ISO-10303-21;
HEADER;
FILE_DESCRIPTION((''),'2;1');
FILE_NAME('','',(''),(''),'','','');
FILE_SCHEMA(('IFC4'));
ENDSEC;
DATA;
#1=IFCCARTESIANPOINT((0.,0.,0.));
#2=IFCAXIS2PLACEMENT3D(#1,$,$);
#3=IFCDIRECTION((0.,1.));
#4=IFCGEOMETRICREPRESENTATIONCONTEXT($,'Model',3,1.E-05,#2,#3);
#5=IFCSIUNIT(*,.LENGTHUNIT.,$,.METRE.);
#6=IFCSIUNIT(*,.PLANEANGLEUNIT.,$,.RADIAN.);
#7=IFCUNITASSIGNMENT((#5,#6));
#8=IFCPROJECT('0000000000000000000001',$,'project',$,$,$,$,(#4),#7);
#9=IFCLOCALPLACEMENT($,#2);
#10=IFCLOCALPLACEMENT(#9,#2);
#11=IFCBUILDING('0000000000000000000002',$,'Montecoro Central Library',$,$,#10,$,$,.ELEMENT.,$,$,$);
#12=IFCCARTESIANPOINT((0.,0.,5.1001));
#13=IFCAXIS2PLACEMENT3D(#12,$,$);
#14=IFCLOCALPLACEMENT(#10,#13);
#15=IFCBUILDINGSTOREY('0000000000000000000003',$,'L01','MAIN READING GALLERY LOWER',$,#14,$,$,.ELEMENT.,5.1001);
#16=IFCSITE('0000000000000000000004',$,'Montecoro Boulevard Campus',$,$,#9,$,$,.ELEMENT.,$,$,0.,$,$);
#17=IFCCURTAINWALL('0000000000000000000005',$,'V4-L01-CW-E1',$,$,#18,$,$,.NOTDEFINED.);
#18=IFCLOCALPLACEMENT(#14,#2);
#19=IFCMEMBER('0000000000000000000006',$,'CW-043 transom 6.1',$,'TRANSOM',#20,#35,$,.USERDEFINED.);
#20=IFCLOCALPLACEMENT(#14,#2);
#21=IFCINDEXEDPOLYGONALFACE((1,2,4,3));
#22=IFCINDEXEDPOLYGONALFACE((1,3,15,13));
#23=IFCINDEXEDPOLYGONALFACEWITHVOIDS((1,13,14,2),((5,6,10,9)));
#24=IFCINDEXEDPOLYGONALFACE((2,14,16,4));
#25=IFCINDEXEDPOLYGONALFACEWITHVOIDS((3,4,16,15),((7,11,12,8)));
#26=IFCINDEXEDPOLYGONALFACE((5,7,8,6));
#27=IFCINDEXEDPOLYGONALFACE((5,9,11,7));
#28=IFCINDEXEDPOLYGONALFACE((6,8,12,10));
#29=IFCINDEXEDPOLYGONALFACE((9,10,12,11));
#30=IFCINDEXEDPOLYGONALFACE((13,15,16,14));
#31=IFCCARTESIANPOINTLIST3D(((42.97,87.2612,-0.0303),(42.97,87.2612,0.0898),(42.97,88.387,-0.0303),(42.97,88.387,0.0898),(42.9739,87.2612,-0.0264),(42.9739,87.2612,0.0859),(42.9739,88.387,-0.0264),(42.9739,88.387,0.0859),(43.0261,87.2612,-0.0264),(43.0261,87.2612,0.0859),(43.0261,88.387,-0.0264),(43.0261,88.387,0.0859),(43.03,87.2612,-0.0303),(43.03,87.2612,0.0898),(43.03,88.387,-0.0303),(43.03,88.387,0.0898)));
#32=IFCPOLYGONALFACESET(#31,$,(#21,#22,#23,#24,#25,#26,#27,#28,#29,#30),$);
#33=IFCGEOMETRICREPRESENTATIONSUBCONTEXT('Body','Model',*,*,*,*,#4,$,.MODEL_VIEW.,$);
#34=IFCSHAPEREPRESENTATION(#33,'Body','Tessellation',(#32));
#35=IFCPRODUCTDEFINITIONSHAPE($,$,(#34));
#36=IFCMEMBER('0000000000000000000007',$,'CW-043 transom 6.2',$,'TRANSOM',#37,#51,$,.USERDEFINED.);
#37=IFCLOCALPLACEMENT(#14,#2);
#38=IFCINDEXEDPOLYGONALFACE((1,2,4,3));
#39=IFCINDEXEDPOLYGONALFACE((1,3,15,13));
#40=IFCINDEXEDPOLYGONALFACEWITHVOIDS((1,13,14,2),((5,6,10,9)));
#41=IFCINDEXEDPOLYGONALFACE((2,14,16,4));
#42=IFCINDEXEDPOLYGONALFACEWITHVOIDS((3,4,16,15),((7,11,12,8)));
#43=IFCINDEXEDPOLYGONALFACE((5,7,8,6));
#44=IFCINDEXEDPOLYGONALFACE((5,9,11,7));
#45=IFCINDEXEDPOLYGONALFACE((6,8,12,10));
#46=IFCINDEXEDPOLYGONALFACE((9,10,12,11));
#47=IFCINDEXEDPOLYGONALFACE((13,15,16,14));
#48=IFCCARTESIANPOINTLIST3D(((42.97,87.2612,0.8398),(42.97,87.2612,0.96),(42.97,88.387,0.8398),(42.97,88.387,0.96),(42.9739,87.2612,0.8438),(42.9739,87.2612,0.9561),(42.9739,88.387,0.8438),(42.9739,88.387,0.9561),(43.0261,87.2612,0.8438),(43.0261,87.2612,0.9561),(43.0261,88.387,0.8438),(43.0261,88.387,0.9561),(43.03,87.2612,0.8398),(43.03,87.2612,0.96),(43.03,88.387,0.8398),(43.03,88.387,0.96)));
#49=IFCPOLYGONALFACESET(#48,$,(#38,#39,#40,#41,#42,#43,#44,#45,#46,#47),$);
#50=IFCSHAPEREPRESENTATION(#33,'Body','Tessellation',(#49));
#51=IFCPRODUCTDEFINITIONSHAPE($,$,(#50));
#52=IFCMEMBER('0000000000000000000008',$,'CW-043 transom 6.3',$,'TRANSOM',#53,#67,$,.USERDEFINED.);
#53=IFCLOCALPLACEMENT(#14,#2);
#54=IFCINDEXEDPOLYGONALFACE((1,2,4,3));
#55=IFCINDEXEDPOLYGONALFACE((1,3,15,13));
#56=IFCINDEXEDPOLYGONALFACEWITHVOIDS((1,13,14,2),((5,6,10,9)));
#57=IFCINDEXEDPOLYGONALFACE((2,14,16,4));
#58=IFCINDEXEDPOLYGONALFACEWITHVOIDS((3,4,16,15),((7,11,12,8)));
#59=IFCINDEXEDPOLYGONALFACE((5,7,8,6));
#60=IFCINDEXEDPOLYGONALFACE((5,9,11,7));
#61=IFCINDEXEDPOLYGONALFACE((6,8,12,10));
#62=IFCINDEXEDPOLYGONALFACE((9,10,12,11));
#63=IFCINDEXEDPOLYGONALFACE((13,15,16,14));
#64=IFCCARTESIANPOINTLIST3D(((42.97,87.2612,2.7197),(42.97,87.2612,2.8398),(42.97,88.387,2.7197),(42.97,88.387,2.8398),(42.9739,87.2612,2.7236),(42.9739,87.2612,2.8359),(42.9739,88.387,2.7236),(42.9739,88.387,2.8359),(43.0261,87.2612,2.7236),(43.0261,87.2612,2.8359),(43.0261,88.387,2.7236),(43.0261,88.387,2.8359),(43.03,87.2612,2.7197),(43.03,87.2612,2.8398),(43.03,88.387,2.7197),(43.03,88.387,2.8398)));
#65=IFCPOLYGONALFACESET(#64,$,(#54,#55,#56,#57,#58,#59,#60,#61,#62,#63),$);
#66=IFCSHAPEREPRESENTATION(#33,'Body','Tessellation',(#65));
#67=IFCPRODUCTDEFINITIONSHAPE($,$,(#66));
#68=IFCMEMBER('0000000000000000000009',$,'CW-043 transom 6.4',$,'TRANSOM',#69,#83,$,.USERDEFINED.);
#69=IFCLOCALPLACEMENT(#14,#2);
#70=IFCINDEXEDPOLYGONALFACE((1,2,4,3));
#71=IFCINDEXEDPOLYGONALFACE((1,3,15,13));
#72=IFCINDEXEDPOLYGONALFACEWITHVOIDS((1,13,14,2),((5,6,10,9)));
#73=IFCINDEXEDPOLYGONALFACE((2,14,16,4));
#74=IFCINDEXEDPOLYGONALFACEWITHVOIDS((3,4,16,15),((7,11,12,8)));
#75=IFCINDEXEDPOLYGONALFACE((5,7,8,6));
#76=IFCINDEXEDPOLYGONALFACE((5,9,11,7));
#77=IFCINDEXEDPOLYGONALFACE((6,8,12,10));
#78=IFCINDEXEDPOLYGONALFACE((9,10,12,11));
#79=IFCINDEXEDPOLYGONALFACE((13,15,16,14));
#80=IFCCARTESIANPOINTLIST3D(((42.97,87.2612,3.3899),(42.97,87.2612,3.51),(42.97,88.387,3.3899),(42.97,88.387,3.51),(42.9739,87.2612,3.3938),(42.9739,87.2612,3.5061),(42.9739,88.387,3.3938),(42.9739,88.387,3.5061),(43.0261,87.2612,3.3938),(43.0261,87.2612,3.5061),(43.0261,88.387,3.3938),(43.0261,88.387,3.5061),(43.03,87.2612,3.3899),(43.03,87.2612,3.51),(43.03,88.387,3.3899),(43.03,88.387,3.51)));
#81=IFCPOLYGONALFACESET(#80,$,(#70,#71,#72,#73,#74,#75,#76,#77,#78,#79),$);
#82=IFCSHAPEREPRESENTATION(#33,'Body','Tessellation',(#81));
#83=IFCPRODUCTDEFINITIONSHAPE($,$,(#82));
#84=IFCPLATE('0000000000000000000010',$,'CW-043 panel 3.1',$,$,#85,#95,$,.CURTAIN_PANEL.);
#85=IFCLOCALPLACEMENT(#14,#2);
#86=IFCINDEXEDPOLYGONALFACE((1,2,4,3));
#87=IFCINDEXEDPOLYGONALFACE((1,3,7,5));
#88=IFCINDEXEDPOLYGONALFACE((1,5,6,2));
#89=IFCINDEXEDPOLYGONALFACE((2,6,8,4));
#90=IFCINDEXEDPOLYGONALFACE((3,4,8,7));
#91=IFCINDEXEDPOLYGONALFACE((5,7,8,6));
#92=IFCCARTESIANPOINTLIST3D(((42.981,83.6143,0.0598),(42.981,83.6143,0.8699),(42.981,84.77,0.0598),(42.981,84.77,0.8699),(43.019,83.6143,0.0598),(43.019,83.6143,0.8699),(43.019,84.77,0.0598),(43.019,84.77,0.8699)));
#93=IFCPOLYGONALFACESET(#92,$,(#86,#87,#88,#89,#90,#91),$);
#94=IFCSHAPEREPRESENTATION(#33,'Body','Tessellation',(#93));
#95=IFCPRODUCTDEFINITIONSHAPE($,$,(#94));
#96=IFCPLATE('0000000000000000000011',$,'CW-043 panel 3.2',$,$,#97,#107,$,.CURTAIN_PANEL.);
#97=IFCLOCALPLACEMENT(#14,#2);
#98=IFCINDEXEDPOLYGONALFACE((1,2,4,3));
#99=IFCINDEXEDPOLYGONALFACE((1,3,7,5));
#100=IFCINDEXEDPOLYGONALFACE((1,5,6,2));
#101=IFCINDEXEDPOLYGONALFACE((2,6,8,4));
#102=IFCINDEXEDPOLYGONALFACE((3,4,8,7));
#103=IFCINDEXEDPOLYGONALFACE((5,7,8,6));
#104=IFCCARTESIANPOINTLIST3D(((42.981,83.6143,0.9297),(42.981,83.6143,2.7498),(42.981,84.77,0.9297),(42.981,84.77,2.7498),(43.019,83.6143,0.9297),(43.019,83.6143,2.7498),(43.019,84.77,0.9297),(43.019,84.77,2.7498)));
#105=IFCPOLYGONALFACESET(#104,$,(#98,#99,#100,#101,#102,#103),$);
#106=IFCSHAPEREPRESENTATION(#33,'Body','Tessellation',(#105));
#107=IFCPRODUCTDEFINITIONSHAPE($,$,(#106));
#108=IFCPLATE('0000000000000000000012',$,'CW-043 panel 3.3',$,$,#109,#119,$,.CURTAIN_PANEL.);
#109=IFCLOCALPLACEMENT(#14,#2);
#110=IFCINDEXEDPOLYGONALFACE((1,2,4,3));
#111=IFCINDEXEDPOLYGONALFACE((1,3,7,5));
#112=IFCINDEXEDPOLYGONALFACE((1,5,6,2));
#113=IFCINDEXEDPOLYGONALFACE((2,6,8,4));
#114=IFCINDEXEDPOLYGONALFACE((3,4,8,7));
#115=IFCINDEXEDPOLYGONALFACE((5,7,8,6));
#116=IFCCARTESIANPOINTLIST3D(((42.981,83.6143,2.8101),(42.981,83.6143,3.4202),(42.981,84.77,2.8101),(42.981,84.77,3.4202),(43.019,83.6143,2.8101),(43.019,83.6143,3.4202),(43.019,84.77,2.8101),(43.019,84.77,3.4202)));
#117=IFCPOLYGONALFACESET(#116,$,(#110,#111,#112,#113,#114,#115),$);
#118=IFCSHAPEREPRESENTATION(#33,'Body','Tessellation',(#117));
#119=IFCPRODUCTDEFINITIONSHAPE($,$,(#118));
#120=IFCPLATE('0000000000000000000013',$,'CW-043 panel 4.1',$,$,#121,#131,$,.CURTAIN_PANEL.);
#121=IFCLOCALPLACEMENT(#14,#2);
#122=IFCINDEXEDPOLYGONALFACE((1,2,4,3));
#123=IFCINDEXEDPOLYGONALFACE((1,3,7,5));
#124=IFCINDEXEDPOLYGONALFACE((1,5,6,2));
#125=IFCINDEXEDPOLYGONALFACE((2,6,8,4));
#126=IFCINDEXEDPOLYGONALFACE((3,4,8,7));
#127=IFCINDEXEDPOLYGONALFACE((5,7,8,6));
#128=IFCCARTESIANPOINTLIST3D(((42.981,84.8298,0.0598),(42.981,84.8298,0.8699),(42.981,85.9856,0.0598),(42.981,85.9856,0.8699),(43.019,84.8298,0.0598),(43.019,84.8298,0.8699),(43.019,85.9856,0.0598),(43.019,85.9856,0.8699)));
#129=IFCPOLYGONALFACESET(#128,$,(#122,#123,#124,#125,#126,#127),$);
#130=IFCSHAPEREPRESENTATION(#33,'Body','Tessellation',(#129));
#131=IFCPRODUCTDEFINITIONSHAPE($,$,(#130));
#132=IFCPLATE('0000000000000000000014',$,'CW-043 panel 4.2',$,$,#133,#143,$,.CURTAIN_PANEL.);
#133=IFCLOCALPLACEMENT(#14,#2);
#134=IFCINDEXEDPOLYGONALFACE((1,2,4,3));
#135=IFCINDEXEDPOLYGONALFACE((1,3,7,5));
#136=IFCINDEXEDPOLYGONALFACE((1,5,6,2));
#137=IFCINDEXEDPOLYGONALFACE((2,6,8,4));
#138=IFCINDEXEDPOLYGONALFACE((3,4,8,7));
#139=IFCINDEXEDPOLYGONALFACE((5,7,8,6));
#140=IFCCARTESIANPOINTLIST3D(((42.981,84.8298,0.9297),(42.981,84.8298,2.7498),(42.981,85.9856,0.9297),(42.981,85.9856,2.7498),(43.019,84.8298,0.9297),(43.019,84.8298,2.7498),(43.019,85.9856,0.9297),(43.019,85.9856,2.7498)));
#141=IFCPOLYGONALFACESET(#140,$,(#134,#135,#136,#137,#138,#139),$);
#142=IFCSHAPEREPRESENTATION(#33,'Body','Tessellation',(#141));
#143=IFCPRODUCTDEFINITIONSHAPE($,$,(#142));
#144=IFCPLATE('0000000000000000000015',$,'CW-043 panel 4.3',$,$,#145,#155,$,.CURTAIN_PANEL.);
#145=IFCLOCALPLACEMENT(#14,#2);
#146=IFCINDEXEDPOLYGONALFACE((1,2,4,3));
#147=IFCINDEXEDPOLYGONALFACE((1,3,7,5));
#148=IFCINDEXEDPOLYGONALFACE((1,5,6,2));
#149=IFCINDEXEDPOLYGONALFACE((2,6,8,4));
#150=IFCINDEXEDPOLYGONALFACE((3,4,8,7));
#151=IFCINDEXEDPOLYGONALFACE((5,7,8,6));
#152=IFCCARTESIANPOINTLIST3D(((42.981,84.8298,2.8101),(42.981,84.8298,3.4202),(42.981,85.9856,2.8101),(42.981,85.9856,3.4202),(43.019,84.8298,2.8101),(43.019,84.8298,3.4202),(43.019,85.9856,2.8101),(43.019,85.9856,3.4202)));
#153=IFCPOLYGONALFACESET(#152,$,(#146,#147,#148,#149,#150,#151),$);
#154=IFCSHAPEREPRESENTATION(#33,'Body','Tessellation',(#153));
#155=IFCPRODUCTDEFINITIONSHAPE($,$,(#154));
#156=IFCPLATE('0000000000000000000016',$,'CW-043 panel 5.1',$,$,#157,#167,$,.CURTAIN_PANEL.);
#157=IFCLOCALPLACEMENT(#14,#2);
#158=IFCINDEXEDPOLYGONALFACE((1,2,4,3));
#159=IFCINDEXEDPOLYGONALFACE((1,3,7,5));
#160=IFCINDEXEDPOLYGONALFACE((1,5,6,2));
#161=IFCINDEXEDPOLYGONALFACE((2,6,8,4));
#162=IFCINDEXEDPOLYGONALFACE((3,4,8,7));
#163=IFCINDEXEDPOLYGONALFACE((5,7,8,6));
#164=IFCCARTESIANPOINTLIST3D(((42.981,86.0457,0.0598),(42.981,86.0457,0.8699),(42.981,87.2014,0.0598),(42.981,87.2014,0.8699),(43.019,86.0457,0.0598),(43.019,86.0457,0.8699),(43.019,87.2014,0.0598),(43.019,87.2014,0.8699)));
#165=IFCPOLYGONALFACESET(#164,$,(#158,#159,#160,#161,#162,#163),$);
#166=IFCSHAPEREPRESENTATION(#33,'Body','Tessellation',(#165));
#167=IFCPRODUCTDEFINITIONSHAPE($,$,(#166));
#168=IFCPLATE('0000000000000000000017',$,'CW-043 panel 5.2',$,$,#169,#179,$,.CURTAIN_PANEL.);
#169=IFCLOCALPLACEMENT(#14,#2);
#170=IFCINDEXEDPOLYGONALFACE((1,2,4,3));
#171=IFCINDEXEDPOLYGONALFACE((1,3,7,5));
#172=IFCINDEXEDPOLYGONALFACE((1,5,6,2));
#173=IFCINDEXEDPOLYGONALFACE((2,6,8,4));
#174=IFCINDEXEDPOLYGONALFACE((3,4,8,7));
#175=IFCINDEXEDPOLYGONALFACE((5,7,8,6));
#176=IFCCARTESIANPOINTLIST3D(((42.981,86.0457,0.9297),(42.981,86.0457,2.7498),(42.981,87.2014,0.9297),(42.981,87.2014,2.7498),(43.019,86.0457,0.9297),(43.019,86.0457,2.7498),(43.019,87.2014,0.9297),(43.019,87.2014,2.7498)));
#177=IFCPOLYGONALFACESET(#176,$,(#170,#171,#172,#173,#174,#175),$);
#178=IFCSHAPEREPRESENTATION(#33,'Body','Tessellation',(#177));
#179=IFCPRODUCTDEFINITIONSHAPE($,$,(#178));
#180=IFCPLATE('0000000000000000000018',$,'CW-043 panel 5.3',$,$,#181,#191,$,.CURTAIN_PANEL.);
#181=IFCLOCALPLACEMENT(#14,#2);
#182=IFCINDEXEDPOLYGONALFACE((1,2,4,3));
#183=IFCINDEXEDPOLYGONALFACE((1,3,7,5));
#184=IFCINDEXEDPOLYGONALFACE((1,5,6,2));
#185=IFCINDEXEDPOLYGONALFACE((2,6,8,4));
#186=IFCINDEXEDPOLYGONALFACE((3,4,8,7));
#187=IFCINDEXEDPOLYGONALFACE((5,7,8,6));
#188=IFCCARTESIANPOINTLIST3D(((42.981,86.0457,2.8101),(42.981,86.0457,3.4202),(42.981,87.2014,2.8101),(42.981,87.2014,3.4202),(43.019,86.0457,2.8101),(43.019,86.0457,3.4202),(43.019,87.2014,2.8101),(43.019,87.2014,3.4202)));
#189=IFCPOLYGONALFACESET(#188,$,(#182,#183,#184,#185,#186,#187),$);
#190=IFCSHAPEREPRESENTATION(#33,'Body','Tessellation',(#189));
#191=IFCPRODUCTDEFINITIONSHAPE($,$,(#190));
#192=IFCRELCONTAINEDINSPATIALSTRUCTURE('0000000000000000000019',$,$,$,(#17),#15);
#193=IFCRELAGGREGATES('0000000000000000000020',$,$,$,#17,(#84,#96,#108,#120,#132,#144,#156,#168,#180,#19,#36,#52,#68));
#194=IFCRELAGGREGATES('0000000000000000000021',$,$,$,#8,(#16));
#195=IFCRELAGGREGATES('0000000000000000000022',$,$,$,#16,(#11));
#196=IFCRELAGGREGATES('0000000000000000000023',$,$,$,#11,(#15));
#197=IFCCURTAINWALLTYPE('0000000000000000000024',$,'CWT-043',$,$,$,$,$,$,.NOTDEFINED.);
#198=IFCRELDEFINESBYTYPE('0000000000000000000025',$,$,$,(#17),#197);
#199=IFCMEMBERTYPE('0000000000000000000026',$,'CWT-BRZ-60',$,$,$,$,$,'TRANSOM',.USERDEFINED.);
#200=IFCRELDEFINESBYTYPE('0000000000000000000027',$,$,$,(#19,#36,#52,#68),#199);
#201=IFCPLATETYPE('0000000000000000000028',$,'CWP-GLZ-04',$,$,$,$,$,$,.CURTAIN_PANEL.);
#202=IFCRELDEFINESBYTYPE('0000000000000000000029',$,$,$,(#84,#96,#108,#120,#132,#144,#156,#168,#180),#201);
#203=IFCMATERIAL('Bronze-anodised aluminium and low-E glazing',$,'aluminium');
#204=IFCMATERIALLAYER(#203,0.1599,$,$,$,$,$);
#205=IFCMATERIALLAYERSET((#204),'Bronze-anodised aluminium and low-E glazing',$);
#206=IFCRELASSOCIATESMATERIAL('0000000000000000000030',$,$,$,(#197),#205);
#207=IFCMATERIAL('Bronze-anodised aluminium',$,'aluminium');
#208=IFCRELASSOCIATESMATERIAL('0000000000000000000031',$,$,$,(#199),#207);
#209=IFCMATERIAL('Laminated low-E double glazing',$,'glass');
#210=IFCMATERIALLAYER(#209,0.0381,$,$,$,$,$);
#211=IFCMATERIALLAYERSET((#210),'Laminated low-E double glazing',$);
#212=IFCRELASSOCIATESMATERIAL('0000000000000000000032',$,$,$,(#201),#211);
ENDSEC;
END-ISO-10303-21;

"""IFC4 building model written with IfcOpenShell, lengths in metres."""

from ifc_helpers import new_model, si_unit, direction, frame, origin, origin_2d, place, context, subcontext, project, spatial, rectangle, hollow_rectangle, extrude, material, layer, layer_set, material_profile, profile_set, type_object, element, aggregate, save


model = new_model("IFC4")

# Units and contexts
model_context = context("Model", 3, precision=1e-05, world=origin(), true_north=direction((0.0, 1.0)))
body_context = subcontext(model_context, "Body", "Model", "MODEL_VIEW")
ifc_project = project(units=[si_unit("LENGTHUNIT", "METRE"), si_unit("PLANEANGLEUNIT", "RADIAN")], contexts=[model_context])

# Site, building, storey
site_placement = place(None, origin())
site = spatial("IfcSite", under=ifc_project, at=site_placement, Name="Montecoro Boulevard Campus", CompositionType="ELEMENT", RefElevation=0.0)
building_placement = place(site_placement, origin())
building = spatial("IfcBuilding", under=site, at=building_placement, Name="Montecoro Central Library", CompositionType="ELEMENT")
storey_placement = place(building_placement, frame((0.0, 0.0, 5.1001)))
storey = spatial("IfcBuildingStorey", under=building, at=storey_placement, Name="L01", Description="MAIN READING GALLERY LOWER", CompositionType="ELEMENT", Elevation=5.1001)

# Curtain wall, members, plates
ifc_material_1 = material(Name="Bronze-anodised aluminium and low-E glazing", Category="aluminium")
ifc_layer_1 = layer(ifc_material_1, 0.1599)
ifc_layer_set_1 = layer_set([ifc_layer_1], Name="Bronze-anodised aluminium and low-E glazing")
curtain_wall_type = type_object("IfcCurtainWallType", Name="CWT-043", PredefinedType="NOTDEFINED", material=ifc_layer_set_1)
curtain_wall_placement = place(storey_placement, origin())
curtain_wall = element("IfcCurtainWall", 1, at=curtain_wall_placement, inside=storey, type_object=curtain_wall_type, Name="V4-L01-CW-E1", PredefinedType="NOTDEFINED")
ifc_material_2 = material(Name="Bronze-anodised aluminium", Category="aluminium")
ifc_material_profile_1 = material_profile(ifc_material_2, hollow_rectangle(XDim=0.0601, YDim=0.1201, WallThickness=0.0039, at=origin_2d()), Name="CWT 120x60x4.0")
ifc_profile_set_1 = profile_set([ifc_material_profile_1], Name="Bronze-anodised aluminium")
member_type_1 = type_object("IfcMemberType", Name="CWT-BRZ-60", ElementType="TRANSOM", PredefinedType="USERDEFINED", material=ifc_profile_set_1)
member_1_placement = place(storey_placement, frame((43.0, 87.2612, 0.0298), z_axis=(0.0, 1.0, 0.0), x_axis=(-1.0, 0.0, 0.0)))
member_1 = element("IfcMember", 2, at=member_1_placement, type_object=member_type_1, Name="CW-043 transom 6.1", ObjectType="TRANSOM", PredefinedType="USERDEFINED", context=body_context, shape_type="SweptSolid", body=[
    extrude(hollow_rectangle(XDim=0.0601, YDim=0.1201, WallThickness=0.0039, at=origin_2d()), origin(), (0.0, 0.0, 1.0), 1.1257),
])
member_2_placement = place(storey_placement, frame((43.0, 87.2612, 0.8999), z_axis=(0.0, 1.0, 0.0), x_axis=(-1.0, 0.0, 0.0)))
member_2 = element("IfcMember", 3, at=member_2_placement, type_object=member_type_1, Name="CW-043 transom 6.2", ObjectType="TRANSOM", PredefinedType="USERDEFINED", context=body_context, shape_type="SweptSolid", body=[
    extrude(hollow_rectangle(XDim=0.0601, YDim=0.1201, WallThickness=0.0039, at=origin_2d()), origin(), (0.0, 0.0, 1.0), 1.1257),
])
member_3_placement = place(storey_placement, frame((43.0, 87.2612, 2.7798), z_axis=(0.0, 1.0, 0.0), x_axis=(-1.0, 0.0, 0.0)))
member_3 = element("IfcMember", 4, at=member_3_placement, type_object=member_type_1, Name="CW-043 transom 6.3", ObjectType="TRANSOM", PredefinedType="USERDEFINED", context=body_context, shape_type="SweptSolid", body=[
    extrude(hollow_rectangle(XDim=0.0601, YDim=0.1201, WallThickness=0.0039, at=origin_2d()), origin(), (0.0, 0.0, 1.0), 1.1257),
])
member_4_placement = place(storey_placement, frame((43.0, 87.2612, 3.45), z_axis=(0.0, 1.0, 0.0), x_axis=(-1.0, 0.0, 0.0)))
member_4 = element("IfcMember", 5, at=member_4_placement, type_object=member_type_1, Name="CW-043 transom 6.4", ObjectType="TRANSOM", PredefinedType="USERDEFINED", context=body_context, shape_type="SweptSolid", body=[
    extrude(hollow_rectangle(XDim=0.0601, YDim=0.1201, WallThickness=0.0039, at=origin_2d()), origin(), (0.0, 0.0, 1.0), 1.1257),
])
ifc_material_3 = material(Name="Laminated low-E double glazing", Category="glass")
ifc_layer_2 = layer(ifc_material_3, 0.0381)
ifc_layer_set_2 = layer_set([ifc_layer_2], Name="Laminated low-E double glazing")
plate_type = type_object("IfcPlateType", Name="CWP-GLZ-04", PredefinedType="CURTAIN_PANEL", material=ifc_layer_set_2)
plate_1_placement = place(storey_placement, frame((43.0, 84.1921, 0.0598), z_axis=(0.0, 0.0, 1.0), x_axis=(0.0, 1.0, 0.0)))
plate_1 = element("IfcPlate", 6, at=plate_1_placement, type_object=plate_type, Name="CW-043 panel 3.1", PredefinedType="CURTAIN_PANEL", context=body_context, shape_type="SweptSolid", body=[
    extrude(rectangle(XDim=1.1558, YDim=0.0381, at=origin_2d()), origin(), (0.0, 0.0, 1.0), 0.8101),
])
plate_2_placement = place(storey_placement, frame((43.0, 84.1921, 0.9297), z_axis=(0.0, 0.0, 1.0), x_axis=(0.0, 1.0, 0.0)))
plate_2 = element("IfcPlate", 7, at=plate_2_placement, type_object=plate_type, Name="CW-043 panel 3.2", PredefinedType="CURTAIN_PANEL", context=body_context, shape_type="SweptSolid", body=[
    extrude(rectangle(XDim=1.1558, YDim=0.0381, at=origin_2d()), origin(), (0.0, 0.0, 1.0), 1.8201),
])
plate_3_placement = place(storey_placement, frame((43.0, 84.1921, 2.8101), z_axis=(0.0, 0.0, 1.0), x_axis=(0.0, 1.0, 0.0)))
plate_3 = element("IfcPlate", 8, at=plate_3_placement, type_object=plate_type, Name="CW-043 panel 3.3", PredefinedType="CURTAIN_PANEL", context=body_context, shape_type="SweptSolid", body=[
    extrude(rectangle(XDim=1.1558, YDim=0.0381, at=origin_2d()), origin(), (0.0, 0.0, 1.0), 0.6101),
])
plate_4_placement = place(storey_placement, frame((43.0, 85.4077, 0.0598), z_axis=(0.0, 0.0, 1.0), x_axis=(0.0, 1.0, 0.0)))
plate_4 = element("IfcPlate", 9, at=plate_4_placement, type_object=plate_type, Name="CW-043 panel 4.1", PredefinedType="CURTAIN_PANEL", context=body_context, shape_type="SweptSolid", body=[
    extrude(rectangle(XDim=1.1558, YDim=0.0381, at=origin_2d()), origin(), (0.0, 0.0, 1.0), 0.8101),
])
plate_5_placement = place(storey_placement, frame((43.0, 85.4077, 0.9297), z_axis=(0.0, 0.0, 1.0), x_axis=(0.0, 1.0, 0.0)))
plate_5 = element("IfcPlate", 10, at=plate_5_placement, type_object=plate_type, Name="CW-043 panel 4.2", PredefinedType="CURTAIN_PANEL", context=body_context, shape_type="SweptSolid", body=[
    extrude(rectangle(XDim=1.1558, YDim=0.0381, at=origin_2d()), origin(), (0.0, 0.0, 1.0), 1.8201),
])
plate_6_placement = place(storey_placement, frame((43.0, 85.4077, 2.8101), z_axis=(0.0, 0.0, 1.0), x_axis=(0.0, 1.0, 0.0)))
plate_6 = element("IfcPlate", 11, at=plate_6_placement, type_object=plate_type, Name="CW-043 panel 4.3", PredefinedType="CURTAIN_PANEL", context=body_context, shape_type="SweptSolid", body=[
    extrude(rectangle(XDim=1.1558, YDim=0.0381, at=origin_2d()), origin(), (0.0, 0.0, 1.0), 0.6101),
])
plate_7_placement = place(storey_placement, frame((43.0, 86.6235, 0.0598), z_axis=(0.0, 0.0, 1.0), x_axis=(0.0, 1.0, 0.0)))
plate_7 = element("IfcPlate", 12, at=plate_7_placement, type_object=plate_type, Name="CW-043 panel 5.1", PredefinedType="CURTAIN_PANEL", context=body_context, shape_type="SweptSolid", body=[
    extrude(rectangle(XDim=1.1558, YDim=0.0381, at=origin_2d()), origin(), (0.0, 0.0, 1.0), 0.8101),
])
plate_8_placement = place(storey_placement, frame((43.0, 86.6235, 0.9297), z_axis=(0.0, 0.0, 1.0), x_axis=(0.0, 1.0, 0.0)))
plate_8 = element("IfcPlate", 13, at=plate_8_placement, type_object=plate_type, Name="CW-043 panel 5.2", PredefinedType="CURTAIN_PANEL", context=body_context, shape_type="SweptSolid", body=[
    extrude(rectangle(XDim=1.1558, YDim=0.0381, at=origin_2d()), origin(), (0.0, 0.0, 1.0), 1.8201),
])
plate_9_placement = place(storey_placement, frame((43.0, 86.6235, 2.8101), z_axis=(0.0, 0.0, 1.0), x_axis=(0.0, 1.0, 0.0)))
plate_9 = element("IfcPlate", 14, at=plate_9_placement, type_object=plate_type, Name="CW-043 panel 5.3", PredefinedType="CURTAIN_PANEL", context=body_context, shape_type="SweptSolid", body=[
    extrude(rectangle(XDim=1.1558, YDim=0.0381, at=origin_2d()), origin(), (0.0, 0.0, 1.0), 0.6101),
])
aggregate(curtain_wall, [plate_1, plate_2, plate_3, plate_4, plate_5, plate_6, plate_7, plate_8, plate_9, member_1, member_2, member_3, member_4])

save(model, "model.ifc")
